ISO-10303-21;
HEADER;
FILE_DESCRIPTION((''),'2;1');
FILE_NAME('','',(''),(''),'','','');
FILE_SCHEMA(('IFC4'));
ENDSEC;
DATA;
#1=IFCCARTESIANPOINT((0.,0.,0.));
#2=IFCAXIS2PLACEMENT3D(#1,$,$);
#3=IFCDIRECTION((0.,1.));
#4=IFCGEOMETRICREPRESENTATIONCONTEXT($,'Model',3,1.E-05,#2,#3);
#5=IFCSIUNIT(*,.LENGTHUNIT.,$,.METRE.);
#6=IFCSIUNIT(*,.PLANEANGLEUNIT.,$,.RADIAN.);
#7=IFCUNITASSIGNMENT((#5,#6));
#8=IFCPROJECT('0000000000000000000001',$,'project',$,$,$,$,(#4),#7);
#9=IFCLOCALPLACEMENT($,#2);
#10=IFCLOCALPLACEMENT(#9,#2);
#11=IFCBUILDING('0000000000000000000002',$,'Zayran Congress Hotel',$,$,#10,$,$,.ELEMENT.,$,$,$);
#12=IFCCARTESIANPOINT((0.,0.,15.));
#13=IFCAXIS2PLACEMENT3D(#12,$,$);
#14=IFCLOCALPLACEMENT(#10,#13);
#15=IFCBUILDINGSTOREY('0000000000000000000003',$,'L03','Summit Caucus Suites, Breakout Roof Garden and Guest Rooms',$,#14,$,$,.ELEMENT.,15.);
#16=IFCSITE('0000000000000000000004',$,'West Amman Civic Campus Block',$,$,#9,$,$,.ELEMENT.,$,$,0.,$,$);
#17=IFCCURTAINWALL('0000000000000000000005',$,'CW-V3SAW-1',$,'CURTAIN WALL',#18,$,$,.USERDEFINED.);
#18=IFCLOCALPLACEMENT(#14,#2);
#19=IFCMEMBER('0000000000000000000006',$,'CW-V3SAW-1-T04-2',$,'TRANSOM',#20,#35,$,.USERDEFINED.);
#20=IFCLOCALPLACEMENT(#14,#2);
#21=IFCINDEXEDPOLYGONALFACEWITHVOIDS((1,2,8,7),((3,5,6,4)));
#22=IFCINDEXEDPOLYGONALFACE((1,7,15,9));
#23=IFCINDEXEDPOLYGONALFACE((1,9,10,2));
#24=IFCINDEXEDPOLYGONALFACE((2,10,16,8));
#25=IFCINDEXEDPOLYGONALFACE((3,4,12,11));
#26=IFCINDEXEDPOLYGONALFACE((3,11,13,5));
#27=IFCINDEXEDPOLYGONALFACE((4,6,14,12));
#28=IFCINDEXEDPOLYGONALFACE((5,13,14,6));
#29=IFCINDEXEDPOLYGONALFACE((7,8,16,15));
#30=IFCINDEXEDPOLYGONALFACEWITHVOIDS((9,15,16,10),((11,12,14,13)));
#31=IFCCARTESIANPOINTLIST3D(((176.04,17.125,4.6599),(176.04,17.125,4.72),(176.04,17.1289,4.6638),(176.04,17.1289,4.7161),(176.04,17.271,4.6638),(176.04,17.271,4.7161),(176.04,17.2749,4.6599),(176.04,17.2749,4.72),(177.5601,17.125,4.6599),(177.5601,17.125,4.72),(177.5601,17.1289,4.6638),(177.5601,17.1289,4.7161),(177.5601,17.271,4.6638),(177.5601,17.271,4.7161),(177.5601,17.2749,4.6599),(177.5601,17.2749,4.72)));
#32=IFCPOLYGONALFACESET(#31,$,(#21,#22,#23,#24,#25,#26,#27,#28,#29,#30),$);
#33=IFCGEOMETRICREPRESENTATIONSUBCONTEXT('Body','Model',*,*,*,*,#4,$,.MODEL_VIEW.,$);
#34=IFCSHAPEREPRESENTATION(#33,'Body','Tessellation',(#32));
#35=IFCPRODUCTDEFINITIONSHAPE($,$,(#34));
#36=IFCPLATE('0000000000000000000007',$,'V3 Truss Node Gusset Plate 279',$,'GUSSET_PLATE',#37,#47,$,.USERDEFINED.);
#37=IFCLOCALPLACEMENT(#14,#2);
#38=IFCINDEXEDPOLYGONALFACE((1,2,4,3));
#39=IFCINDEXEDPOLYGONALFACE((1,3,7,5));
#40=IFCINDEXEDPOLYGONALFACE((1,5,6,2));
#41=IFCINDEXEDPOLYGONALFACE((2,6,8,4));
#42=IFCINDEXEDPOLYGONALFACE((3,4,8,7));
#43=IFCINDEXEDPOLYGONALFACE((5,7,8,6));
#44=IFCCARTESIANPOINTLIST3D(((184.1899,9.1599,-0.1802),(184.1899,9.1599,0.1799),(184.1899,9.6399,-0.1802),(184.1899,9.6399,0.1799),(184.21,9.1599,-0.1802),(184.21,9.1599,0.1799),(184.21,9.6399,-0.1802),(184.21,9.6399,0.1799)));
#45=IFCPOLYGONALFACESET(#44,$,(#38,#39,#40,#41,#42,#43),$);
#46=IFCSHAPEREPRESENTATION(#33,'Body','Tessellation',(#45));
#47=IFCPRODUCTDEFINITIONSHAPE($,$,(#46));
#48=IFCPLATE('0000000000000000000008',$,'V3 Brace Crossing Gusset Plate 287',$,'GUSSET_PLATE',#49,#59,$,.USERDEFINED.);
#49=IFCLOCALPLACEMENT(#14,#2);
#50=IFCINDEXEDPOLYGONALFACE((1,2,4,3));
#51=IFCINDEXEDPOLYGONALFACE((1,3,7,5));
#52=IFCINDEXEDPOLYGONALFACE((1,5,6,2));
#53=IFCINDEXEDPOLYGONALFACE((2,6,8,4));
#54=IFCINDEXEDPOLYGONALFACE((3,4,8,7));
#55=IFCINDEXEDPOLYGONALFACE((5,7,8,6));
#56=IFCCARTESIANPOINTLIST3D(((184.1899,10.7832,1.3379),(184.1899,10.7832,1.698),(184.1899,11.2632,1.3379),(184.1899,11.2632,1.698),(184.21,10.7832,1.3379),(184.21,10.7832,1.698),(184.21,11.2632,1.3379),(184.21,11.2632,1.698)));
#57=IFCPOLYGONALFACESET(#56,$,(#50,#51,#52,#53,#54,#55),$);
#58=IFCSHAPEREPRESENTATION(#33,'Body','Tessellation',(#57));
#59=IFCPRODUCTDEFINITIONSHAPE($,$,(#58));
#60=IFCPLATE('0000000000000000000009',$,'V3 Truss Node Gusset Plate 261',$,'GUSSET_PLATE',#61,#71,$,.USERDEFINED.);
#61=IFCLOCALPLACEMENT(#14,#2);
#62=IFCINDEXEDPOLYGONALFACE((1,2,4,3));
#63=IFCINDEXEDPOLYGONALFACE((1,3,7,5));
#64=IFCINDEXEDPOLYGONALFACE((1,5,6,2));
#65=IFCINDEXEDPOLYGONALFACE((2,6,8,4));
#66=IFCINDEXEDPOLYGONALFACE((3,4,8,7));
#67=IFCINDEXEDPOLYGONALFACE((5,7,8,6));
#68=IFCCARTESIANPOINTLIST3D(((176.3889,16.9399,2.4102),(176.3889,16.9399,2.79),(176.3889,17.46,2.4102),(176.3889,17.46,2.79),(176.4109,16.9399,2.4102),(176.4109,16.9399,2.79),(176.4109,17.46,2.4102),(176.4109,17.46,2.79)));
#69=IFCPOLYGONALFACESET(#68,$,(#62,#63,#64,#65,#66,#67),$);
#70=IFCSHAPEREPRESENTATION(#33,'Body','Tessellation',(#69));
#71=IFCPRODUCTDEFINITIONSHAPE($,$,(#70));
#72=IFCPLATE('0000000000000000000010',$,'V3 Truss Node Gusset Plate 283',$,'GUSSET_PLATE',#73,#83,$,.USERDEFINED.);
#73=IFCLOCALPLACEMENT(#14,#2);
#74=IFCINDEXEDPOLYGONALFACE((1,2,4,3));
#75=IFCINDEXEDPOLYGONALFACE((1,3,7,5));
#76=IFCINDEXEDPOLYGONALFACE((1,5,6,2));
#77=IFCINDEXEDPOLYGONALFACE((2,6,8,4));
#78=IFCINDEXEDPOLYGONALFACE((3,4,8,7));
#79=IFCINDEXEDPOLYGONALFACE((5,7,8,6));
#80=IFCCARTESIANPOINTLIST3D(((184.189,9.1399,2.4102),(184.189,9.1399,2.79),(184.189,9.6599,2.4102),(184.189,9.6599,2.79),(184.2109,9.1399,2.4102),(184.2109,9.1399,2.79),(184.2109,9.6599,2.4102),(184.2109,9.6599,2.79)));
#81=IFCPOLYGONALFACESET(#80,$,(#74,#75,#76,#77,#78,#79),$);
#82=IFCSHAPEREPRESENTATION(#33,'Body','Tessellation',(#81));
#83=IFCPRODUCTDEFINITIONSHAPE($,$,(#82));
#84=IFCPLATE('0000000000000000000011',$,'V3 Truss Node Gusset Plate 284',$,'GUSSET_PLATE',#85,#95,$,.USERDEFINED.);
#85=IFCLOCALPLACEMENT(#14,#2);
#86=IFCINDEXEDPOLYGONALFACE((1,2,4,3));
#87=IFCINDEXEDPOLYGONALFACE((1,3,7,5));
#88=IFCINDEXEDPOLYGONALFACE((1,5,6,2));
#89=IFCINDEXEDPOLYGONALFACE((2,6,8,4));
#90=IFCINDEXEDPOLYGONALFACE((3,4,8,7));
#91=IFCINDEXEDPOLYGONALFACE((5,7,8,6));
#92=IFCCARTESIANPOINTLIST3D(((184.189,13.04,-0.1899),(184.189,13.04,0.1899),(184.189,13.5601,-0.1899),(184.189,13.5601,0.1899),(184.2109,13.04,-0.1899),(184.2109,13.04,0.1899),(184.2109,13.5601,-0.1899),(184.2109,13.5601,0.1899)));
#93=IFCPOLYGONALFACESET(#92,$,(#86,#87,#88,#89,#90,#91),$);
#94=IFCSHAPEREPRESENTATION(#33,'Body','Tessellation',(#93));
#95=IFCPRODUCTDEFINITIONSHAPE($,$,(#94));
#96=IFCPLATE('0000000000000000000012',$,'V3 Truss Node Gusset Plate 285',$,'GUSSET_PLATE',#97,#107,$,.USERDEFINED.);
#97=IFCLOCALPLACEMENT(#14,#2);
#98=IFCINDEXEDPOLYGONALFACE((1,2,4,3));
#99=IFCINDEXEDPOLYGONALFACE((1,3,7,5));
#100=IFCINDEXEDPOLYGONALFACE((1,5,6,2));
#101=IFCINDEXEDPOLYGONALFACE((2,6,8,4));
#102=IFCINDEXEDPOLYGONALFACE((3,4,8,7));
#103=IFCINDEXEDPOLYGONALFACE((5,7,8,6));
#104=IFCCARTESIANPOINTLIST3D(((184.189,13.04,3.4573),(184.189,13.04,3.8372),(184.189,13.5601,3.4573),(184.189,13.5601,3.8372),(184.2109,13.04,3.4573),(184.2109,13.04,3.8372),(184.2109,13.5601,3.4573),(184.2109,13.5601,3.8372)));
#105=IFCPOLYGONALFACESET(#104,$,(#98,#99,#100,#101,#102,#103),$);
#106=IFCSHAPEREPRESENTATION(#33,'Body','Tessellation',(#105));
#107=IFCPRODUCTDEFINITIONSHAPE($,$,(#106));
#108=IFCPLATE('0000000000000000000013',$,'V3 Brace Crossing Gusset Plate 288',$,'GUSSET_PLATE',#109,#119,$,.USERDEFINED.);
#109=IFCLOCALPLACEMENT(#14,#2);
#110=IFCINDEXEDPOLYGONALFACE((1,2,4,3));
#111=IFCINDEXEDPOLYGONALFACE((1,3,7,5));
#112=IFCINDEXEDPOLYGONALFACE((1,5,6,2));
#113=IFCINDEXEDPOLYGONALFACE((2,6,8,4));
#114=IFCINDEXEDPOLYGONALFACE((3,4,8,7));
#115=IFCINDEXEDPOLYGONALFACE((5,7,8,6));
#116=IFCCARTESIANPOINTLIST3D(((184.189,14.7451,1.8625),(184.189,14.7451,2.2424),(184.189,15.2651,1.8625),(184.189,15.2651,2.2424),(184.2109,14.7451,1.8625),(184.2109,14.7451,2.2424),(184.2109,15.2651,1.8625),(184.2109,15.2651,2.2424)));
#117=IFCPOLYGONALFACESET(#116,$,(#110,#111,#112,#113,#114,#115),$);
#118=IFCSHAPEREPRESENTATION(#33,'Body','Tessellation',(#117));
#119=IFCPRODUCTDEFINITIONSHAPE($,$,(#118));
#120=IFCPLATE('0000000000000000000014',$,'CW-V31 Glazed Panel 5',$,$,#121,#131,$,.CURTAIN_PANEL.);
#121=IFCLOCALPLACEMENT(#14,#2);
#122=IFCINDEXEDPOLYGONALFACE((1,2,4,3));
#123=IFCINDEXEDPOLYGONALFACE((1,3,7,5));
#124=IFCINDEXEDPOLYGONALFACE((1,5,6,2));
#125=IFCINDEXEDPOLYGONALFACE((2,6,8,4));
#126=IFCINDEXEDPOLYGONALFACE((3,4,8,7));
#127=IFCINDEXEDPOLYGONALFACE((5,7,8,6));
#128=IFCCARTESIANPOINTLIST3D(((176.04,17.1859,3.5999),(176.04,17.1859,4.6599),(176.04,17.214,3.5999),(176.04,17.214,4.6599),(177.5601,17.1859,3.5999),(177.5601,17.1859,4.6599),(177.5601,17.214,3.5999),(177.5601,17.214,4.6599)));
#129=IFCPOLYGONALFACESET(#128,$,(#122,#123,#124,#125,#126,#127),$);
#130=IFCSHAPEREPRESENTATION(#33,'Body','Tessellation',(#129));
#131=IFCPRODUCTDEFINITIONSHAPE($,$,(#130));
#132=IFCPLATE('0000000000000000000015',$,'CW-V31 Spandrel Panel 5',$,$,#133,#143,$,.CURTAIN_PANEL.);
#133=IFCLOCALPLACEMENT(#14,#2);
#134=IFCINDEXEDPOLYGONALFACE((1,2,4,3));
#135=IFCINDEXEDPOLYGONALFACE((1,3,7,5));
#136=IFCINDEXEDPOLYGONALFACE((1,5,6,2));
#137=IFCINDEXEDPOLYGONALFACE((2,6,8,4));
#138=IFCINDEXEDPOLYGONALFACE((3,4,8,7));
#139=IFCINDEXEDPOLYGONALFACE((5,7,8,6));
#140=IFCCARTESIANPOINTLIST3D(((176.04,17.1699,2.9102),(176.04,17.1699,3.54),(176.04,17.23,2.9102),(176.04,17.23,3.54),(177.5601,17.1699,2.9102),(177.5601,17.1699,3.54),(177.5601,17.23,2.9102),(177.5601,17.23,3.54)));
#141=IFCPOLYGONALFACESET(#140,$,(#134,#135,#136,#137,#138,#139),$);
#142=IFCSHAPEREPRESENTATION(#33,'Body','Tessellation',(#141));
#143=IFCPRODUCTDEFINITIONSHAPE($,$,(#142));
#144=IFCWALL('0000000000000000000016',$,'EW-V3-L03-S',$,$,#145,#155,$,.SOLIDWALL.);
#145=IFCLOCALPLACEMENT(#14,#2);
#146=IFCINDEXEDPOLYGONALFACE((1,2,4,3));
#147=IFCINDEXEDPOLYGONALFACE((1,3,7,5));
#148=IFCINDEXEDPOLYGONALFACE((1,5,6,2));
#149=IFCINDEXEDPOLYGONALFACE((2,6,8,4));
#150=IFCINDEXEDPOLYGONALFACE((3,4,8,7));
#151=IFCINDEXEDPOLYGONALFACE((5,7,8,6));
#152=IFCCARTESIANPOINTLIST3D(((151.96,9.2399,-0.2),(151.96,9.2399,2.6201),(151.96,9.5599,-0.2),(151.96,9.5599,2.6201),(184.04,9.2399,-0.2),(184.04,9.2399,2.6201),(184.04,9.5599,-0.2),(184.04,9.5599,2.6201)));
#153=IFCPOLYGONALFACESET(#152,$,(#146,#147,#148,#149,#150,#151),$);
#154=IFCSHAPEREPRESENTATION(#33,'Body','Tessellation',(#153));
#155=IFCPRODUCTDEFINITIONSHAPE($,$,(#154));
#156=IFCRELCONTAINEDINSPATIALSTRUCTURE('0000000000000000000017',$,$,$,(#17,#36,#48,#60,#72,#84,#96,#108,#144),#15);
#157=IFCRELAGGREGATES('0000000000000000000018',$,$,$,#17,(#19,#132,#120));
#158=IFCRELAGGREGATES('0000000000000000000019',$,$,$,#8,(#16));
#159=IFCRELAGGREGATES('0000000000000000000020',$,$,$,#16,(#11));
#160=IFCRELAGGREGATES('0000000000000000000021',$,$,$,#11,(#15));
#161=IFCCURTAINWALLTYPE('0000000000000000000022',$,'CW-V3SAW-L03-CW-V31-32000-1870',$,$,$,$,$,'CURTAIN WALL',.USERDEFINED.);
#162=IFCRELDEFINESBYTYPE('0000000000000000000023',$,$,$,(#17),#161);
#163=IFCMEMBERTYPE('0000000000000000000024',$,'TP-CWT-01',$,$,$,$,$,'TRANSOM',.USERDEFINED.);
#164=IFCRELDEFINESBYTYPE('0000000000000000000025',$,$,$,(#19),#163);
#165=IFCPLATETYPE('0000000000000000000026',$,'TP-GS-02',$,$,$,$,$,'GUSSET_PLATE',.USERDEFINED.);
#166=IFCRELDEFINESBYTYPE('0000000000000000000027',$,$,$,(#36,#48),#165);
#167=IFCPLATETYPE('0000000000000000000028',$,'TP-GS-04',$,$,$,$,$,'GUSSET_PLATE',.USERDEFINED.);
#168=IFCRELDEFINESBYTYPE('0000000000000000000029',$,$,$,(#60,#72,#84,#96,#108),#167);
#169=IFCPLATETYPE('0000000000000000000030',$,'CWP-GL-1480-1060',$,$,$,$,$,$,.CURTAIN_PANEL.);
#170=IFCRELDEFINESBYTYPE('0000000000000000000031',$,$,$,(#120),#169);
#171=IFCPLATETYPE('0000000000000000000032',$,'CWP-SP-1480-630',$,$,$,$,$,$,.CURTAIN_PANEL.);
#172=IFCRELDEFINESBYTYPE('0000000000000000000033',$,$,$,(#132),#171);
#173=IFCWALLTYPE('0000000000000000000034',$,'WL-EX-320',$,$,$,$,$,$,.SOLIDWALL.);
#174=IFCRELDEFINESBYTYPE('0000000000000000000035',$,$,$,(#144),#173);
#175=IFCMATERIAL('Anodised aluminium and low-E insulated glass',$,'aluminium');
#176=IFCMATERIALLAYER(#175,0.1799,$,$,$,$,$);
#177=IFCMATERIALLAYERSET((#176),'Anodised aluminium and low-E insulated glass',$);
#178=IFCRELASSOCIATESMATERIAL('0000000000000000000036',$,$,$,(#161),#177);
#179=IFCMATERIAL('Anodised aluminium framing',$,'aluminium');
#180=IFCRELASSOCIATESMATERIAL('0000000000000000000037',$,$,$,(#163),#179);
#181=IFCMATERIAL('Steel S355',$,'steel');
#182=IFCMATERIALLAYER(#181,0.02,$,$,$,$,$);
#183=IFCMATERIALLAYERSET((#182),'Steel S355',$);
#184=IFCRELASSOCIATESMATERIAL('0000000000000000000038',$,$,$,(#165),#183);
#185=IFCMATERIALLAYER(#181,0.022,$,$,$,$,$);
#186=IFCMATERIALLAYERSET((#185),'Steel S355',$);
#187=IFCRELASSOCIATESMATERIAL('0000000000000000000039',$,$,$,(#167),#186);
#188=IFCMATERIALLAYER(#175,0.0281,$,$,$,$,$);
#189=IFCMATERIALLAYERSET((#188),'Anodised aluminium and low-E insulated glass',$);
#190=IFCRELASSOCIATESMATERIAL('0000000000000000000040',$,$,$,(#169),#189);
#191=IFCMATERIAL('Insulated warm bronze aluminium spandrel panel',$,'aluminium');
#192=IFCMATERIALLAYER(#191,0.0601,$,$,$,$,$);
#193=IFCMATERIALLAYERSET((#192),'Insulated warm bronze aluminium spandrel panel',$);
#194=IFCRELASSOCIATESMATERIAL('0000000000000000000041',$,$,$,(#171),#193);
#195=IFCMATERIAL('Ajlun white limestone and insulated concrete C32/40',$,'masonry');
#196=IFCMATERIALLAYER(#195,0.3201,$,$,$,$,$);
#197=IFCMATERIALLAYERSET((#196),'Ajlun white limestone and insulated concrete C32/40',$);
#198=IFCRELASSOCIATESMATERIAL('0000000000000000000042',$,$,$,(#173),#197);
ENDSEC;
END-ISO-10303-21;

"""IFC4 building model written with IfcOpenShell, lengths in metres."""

from ifc_helpers import new_model, si_unit, direction, frame, frame_2d, origin, origin_2d, place, context, subcontext, project, spatial, rectangle, hollow_rectangle, extrude, material, layer, layer_set, material_profile, profile_set, type_object, element, aggregate, save


model = new_model("IFC4")

# Units and contexts
model_context = context("Model", 3, precision=1e-05, world=origin(), true_north=direction((0.0, 1.0)))
body_context = subcontext(model_context, "Body", "Model", "MODEL_VIEW")
ifc_project = project(units=[si_unit("LENGTHUNIT", "METRE"), si_unit("PLANEANGLEUNIT", "RADIAN")], contexts=[model_context])

# Site, building, storey
site_placement = place(None, origin())
site = spatial("IfcSite", under=ifc_project, at=site_placement, Name="West Amman Civic Campus Block", CompositionType="ELEMENT", RefElevation=0.0)
building_placement = place(site_placement, origin())
building = spatial("IfcBuilding", under=site, at=building_placement, Name="Zayran Congress Hotel", CompositionType="ELEMENT")
storey_placement = place(building_placement, frame((0.0, 0.0, 15.0)))
storey = spatial("IfcBuildingStorey", under=building, at=storey_placement, Name="L03", Description="Summit Caucus Suites, Breakout Roof Garden and Guest Rooms", CompositionType="ELEMENT", Elevation=15.0)

# Shared definitions
ifc_material_1 = material(Name="Steel S355", Category="steel")

# Curtain wall, member
ifc_material_2 = material(Name="Anodised aluminium and low-E insulated glass", Category="aluminium")
ifc_layer_1 = layer(ifc_material_2, 0.1799)
ifc_layer_set_1 = layer_set([ifc_layer_1], Name="Anodised aluminium and low-E insulated glass")
curtain_wall_type = type_object("IfcCurtainWallType", Name="CW-V3SAW-L03-CW-V31-32000-1870", ElementType="CURTAIN WALL", PredefinedType="USERDEFINED", material=ifc_layer_set_1)
curtain_wall_placement = place(storey_placement, origin())
curtain_wall = element("IfcCurtainWall", 1, at=curtain_wall_placement, inside=storey, type_object=curtain_wall_type, Name="CW-V3SAW-1", ObjectType="CURTAIN WALL", PredefinedType="USERDEFINED")
ifc_material_3 = material(Name="Anodised aluminium framing", Category="aluminium")
ifc_material_profile_1 = material_profile(ifc_material_3, hollow_rectangle(XDim=0.0601, YDim=0.1499, WallThickness=0.0039, at=origin_2d()), Name="RHS 150x60x4")
ifc_profile_set_1 = profile_set([ifc_material_profile_1], Name="Anodised aluminium framing")
member_type_1 = type_object("IfcMemberType", Name="TP-CWT-01", ElementType="TRANSOM", PredefinedType="USERDEFINED", material=ifc_profile_set_1)
member_1_placement = place(storey_placement, frame((177.5601, 17.2, 4.6899), z_axis=(-1.0, 0.0, 0.0), x_axis=(0.0, 0.0, 1.0)))
member_1 = element("IfcMember", 2, at=member_1_placement, type_object=member_type_1, Name="CW-V3SAW-1-T04-2", ObjectType="TRANSOM", PredefinedType="USERDEFINED", context=body_context, shape_type="SweptSolid", body=[
    extrude(hollow_rectangle(XDim=0.0601, YDim=0.1499, WallThickness=0.0039, at=origin_2d()), origin(), (0.0, 0.0, 1.0), 1.52),
])

# Plates
ifc_layer_2 = layer(ifc_material_1, 0.02)
ifc_layer_set_2 = layer_set([ifc_layer_2], Name="Steel S355")
plate_type_1 = type_object("IfcPlateType", Name="TP-GS-02", ElementType="GUSSET_PLATE", PredefinedType="USERDEFINED", material=ifc_layer_set_2)
for number, where, z_axis, x_axis, name in (
    (3, (184.2, 9.3999, -0.1802), (0.0, 0.0, 1.0), (0.0, 1.0, 0.0), "V3 Truss Node Gusset Plate 279"),
    (4, (184.2, 11.0232, 1.3379), (0.0, 0.0, 1.0), (0.0, 1.0, 0.0), "V3 Brace Crossing Gusset Plate 287"),
):
    element("IfcPlate", number, at=place(storey_placement, frame(where, z_axis=z_axis, x_axis=x_axis)), inside=storey, type_object=plate_type_1, Name=name, ObjectType="GUSSET_PLATE", PredefinedType="USERDEFINED", context=body_context, shape_type="SweptSolid", body=[
        extrude(rectangle(XDim=0.48, YDim=0.02, at=origin_2d()), origin(), (0.0, 0.0, 1.0), 0.3601),
    ])
ifc_layer_3 = layer(ifc_material_1, 0.022)
ifc_layer_set_3 = layer_set([ifc_layer_3], Name="Steel S355")
plate_type_2 = type_object("IfcPlateType", Name="TP-GS-04", ElementType="GUSSET_PLATE", PredefinedType="USERDEFINED", material=ifc_layer_set_3)
for number, where, z_axis, x_axis, name in (
    (5, (176.3999, 17.2, 2.4102), (0.0, 0.0, 1.0), (0.0, 1.0, 0.0), "V3 Truss Node Gusset Plate 261"),
    (6, (184.2, 9.3999, 2.4102), (0.0, 0.0, 1.0), (0.0, 1.0, 0.0), "V3 Truss Node Gusset Plate 283"),
    (7, (184.2, 13.3, -0.1899), (0.0, 0.0, 1.0), (0.0, 1.0, 0.0), "V3 Truss Node Gusset Plate 284"),
    (8, (184.2, 13.3, 3.4573), (0.0, 0.0, 1.0), (0.0, 1.0, 0.0), "V3 Truss Node Gusset Plate 285"),
    (9, (184.2, 15.0051, 1.8625), (0.0, 0.0, 1.0), (0.0, 1.0, 0.0), "V3 Brace Crossing Gusset Plate 288"),
):
    element("IfcPlate", number, at=place(storey_placement, frame(where, z_axis=z_axis, x_axis=x_axis)), inside=storey, type_object=plate_type_2, Name=name, ObjectType="GUSSET_PLATE", PredefinedType="USERDEFINED", context=body_context, shape_type="SweptSolid", body=[
        extrude(rectangle(XDim=0.52, YDim=0.022, at=origin_2d()), origin(), (0.0, 0.0, 1.0), 0.3799),
    ])

# Plates
ifc_layer_4 = layer(ifc_material_2, 0.0281)
ifc_layer_set_4 = layer_set([ifc_layer_4], Name="Anodised aluminium and low-E insulated glass")
plate_type_3 = type_object("IfcPlateType", Name="CWP-GL-1480-1060", PredefinedType="CURTAIN_PANEL", material=ifc_layer_set_4)
plate_1_placement = place(storey_placement, frame((176.8, 17.2, 3.5999), z_axis=(0.0, 0.0, 1.0), x_axis=(1.0, 0.0, 0.0)))
plate_1 = element("IfcPlate", 10, at=plate_1_placement, type_object=plate_type_3, Name="CW-V31 Glazed Panel 5", PredefinedType="CURTAIN_PANEL", context=body_context, shape_type="SweptSolid", body=[
    extrude(rectangle(XDim=1.52, YDim=0.0281, at=origin_2d()), origin(), (0.0, 0.0, 1.0), 1.0601),
])
ifc_material_4 = material(Name="Insulated warm bronze aluminium spandrel panel", Category="aluminium")
ifc_layer_5 = layer(ifc_material_4, 0.0601)
ifc_layer_set_5 = layer_set([ifc_layer_5], Name="Insulated warm bronze aluminium spandrel panel")
plate_type_4 = type_object("IfcPlateType", Name="CWP-SP-1480-630", PredefinedType="CURTAIN_PANEL", material=ifc_layer_set_5)
plate_2_placement = place(storey_placement, frame((176.8, 17.2, 2.9102), z_axis=(0.0, 0.0, 1.0), x_axis=(1.0, 0.0, 0.0)))
plate_2 = element("IfcPlate", 11, at=plate_2_placement, type_object=plate_type_4, Name="CW-V31 Spandrel Panel 5", PredefinedType="CURTAIN_PANEL", context=body_context, shape_type="SweptSolid", body=[
    extrude(rectangle(XDim=1.52, YDim=0.0601, at=origin_2d()), origin(), (0.0, 0.0, 1.0), 0.6299),
])
aggregate(curtain_wall, [member_1, plate_2, plate_1])

# Wall
ifc_material_5 = material(Name="Ajlun white limestone and insulated concrete C32/40", Category="masonry")
ifc_layer_6 = layer(ifc_material_5, 0.3201)
ifc_layer_set_6 = layer_set([ifc_layer_6], Name="Ajlun white limestone and insulated concrete C32/40")
wall_type = type_object("IfcWallType", Name="WL-EX-320", PredefinedType="SOLIDWALL", material=ifc_layer_set_6)
wall_placement = place(storey_placement, frame((184.04, 9.3999, -0.2), z_axis=(0.0, 0.0, 1.0), x_axis=(-1.0, 0.0, 0.0)))
element("IfcWall", 12, at=wall_placement, inside=storey, type_object=wall_type, Name="EW-V3-L03-S", PredefinedType="SOLIDWALL", context=body_context, shape_type="SweptSolid", body=[
    extrude(rectangle(XDim=32.0801, YDim=0.3201, at=frame_2d((16.04, 0.0))), origin(), (0.0, 0.0, 1.0), 2.8201),
])

save(model, "model.ifc")
